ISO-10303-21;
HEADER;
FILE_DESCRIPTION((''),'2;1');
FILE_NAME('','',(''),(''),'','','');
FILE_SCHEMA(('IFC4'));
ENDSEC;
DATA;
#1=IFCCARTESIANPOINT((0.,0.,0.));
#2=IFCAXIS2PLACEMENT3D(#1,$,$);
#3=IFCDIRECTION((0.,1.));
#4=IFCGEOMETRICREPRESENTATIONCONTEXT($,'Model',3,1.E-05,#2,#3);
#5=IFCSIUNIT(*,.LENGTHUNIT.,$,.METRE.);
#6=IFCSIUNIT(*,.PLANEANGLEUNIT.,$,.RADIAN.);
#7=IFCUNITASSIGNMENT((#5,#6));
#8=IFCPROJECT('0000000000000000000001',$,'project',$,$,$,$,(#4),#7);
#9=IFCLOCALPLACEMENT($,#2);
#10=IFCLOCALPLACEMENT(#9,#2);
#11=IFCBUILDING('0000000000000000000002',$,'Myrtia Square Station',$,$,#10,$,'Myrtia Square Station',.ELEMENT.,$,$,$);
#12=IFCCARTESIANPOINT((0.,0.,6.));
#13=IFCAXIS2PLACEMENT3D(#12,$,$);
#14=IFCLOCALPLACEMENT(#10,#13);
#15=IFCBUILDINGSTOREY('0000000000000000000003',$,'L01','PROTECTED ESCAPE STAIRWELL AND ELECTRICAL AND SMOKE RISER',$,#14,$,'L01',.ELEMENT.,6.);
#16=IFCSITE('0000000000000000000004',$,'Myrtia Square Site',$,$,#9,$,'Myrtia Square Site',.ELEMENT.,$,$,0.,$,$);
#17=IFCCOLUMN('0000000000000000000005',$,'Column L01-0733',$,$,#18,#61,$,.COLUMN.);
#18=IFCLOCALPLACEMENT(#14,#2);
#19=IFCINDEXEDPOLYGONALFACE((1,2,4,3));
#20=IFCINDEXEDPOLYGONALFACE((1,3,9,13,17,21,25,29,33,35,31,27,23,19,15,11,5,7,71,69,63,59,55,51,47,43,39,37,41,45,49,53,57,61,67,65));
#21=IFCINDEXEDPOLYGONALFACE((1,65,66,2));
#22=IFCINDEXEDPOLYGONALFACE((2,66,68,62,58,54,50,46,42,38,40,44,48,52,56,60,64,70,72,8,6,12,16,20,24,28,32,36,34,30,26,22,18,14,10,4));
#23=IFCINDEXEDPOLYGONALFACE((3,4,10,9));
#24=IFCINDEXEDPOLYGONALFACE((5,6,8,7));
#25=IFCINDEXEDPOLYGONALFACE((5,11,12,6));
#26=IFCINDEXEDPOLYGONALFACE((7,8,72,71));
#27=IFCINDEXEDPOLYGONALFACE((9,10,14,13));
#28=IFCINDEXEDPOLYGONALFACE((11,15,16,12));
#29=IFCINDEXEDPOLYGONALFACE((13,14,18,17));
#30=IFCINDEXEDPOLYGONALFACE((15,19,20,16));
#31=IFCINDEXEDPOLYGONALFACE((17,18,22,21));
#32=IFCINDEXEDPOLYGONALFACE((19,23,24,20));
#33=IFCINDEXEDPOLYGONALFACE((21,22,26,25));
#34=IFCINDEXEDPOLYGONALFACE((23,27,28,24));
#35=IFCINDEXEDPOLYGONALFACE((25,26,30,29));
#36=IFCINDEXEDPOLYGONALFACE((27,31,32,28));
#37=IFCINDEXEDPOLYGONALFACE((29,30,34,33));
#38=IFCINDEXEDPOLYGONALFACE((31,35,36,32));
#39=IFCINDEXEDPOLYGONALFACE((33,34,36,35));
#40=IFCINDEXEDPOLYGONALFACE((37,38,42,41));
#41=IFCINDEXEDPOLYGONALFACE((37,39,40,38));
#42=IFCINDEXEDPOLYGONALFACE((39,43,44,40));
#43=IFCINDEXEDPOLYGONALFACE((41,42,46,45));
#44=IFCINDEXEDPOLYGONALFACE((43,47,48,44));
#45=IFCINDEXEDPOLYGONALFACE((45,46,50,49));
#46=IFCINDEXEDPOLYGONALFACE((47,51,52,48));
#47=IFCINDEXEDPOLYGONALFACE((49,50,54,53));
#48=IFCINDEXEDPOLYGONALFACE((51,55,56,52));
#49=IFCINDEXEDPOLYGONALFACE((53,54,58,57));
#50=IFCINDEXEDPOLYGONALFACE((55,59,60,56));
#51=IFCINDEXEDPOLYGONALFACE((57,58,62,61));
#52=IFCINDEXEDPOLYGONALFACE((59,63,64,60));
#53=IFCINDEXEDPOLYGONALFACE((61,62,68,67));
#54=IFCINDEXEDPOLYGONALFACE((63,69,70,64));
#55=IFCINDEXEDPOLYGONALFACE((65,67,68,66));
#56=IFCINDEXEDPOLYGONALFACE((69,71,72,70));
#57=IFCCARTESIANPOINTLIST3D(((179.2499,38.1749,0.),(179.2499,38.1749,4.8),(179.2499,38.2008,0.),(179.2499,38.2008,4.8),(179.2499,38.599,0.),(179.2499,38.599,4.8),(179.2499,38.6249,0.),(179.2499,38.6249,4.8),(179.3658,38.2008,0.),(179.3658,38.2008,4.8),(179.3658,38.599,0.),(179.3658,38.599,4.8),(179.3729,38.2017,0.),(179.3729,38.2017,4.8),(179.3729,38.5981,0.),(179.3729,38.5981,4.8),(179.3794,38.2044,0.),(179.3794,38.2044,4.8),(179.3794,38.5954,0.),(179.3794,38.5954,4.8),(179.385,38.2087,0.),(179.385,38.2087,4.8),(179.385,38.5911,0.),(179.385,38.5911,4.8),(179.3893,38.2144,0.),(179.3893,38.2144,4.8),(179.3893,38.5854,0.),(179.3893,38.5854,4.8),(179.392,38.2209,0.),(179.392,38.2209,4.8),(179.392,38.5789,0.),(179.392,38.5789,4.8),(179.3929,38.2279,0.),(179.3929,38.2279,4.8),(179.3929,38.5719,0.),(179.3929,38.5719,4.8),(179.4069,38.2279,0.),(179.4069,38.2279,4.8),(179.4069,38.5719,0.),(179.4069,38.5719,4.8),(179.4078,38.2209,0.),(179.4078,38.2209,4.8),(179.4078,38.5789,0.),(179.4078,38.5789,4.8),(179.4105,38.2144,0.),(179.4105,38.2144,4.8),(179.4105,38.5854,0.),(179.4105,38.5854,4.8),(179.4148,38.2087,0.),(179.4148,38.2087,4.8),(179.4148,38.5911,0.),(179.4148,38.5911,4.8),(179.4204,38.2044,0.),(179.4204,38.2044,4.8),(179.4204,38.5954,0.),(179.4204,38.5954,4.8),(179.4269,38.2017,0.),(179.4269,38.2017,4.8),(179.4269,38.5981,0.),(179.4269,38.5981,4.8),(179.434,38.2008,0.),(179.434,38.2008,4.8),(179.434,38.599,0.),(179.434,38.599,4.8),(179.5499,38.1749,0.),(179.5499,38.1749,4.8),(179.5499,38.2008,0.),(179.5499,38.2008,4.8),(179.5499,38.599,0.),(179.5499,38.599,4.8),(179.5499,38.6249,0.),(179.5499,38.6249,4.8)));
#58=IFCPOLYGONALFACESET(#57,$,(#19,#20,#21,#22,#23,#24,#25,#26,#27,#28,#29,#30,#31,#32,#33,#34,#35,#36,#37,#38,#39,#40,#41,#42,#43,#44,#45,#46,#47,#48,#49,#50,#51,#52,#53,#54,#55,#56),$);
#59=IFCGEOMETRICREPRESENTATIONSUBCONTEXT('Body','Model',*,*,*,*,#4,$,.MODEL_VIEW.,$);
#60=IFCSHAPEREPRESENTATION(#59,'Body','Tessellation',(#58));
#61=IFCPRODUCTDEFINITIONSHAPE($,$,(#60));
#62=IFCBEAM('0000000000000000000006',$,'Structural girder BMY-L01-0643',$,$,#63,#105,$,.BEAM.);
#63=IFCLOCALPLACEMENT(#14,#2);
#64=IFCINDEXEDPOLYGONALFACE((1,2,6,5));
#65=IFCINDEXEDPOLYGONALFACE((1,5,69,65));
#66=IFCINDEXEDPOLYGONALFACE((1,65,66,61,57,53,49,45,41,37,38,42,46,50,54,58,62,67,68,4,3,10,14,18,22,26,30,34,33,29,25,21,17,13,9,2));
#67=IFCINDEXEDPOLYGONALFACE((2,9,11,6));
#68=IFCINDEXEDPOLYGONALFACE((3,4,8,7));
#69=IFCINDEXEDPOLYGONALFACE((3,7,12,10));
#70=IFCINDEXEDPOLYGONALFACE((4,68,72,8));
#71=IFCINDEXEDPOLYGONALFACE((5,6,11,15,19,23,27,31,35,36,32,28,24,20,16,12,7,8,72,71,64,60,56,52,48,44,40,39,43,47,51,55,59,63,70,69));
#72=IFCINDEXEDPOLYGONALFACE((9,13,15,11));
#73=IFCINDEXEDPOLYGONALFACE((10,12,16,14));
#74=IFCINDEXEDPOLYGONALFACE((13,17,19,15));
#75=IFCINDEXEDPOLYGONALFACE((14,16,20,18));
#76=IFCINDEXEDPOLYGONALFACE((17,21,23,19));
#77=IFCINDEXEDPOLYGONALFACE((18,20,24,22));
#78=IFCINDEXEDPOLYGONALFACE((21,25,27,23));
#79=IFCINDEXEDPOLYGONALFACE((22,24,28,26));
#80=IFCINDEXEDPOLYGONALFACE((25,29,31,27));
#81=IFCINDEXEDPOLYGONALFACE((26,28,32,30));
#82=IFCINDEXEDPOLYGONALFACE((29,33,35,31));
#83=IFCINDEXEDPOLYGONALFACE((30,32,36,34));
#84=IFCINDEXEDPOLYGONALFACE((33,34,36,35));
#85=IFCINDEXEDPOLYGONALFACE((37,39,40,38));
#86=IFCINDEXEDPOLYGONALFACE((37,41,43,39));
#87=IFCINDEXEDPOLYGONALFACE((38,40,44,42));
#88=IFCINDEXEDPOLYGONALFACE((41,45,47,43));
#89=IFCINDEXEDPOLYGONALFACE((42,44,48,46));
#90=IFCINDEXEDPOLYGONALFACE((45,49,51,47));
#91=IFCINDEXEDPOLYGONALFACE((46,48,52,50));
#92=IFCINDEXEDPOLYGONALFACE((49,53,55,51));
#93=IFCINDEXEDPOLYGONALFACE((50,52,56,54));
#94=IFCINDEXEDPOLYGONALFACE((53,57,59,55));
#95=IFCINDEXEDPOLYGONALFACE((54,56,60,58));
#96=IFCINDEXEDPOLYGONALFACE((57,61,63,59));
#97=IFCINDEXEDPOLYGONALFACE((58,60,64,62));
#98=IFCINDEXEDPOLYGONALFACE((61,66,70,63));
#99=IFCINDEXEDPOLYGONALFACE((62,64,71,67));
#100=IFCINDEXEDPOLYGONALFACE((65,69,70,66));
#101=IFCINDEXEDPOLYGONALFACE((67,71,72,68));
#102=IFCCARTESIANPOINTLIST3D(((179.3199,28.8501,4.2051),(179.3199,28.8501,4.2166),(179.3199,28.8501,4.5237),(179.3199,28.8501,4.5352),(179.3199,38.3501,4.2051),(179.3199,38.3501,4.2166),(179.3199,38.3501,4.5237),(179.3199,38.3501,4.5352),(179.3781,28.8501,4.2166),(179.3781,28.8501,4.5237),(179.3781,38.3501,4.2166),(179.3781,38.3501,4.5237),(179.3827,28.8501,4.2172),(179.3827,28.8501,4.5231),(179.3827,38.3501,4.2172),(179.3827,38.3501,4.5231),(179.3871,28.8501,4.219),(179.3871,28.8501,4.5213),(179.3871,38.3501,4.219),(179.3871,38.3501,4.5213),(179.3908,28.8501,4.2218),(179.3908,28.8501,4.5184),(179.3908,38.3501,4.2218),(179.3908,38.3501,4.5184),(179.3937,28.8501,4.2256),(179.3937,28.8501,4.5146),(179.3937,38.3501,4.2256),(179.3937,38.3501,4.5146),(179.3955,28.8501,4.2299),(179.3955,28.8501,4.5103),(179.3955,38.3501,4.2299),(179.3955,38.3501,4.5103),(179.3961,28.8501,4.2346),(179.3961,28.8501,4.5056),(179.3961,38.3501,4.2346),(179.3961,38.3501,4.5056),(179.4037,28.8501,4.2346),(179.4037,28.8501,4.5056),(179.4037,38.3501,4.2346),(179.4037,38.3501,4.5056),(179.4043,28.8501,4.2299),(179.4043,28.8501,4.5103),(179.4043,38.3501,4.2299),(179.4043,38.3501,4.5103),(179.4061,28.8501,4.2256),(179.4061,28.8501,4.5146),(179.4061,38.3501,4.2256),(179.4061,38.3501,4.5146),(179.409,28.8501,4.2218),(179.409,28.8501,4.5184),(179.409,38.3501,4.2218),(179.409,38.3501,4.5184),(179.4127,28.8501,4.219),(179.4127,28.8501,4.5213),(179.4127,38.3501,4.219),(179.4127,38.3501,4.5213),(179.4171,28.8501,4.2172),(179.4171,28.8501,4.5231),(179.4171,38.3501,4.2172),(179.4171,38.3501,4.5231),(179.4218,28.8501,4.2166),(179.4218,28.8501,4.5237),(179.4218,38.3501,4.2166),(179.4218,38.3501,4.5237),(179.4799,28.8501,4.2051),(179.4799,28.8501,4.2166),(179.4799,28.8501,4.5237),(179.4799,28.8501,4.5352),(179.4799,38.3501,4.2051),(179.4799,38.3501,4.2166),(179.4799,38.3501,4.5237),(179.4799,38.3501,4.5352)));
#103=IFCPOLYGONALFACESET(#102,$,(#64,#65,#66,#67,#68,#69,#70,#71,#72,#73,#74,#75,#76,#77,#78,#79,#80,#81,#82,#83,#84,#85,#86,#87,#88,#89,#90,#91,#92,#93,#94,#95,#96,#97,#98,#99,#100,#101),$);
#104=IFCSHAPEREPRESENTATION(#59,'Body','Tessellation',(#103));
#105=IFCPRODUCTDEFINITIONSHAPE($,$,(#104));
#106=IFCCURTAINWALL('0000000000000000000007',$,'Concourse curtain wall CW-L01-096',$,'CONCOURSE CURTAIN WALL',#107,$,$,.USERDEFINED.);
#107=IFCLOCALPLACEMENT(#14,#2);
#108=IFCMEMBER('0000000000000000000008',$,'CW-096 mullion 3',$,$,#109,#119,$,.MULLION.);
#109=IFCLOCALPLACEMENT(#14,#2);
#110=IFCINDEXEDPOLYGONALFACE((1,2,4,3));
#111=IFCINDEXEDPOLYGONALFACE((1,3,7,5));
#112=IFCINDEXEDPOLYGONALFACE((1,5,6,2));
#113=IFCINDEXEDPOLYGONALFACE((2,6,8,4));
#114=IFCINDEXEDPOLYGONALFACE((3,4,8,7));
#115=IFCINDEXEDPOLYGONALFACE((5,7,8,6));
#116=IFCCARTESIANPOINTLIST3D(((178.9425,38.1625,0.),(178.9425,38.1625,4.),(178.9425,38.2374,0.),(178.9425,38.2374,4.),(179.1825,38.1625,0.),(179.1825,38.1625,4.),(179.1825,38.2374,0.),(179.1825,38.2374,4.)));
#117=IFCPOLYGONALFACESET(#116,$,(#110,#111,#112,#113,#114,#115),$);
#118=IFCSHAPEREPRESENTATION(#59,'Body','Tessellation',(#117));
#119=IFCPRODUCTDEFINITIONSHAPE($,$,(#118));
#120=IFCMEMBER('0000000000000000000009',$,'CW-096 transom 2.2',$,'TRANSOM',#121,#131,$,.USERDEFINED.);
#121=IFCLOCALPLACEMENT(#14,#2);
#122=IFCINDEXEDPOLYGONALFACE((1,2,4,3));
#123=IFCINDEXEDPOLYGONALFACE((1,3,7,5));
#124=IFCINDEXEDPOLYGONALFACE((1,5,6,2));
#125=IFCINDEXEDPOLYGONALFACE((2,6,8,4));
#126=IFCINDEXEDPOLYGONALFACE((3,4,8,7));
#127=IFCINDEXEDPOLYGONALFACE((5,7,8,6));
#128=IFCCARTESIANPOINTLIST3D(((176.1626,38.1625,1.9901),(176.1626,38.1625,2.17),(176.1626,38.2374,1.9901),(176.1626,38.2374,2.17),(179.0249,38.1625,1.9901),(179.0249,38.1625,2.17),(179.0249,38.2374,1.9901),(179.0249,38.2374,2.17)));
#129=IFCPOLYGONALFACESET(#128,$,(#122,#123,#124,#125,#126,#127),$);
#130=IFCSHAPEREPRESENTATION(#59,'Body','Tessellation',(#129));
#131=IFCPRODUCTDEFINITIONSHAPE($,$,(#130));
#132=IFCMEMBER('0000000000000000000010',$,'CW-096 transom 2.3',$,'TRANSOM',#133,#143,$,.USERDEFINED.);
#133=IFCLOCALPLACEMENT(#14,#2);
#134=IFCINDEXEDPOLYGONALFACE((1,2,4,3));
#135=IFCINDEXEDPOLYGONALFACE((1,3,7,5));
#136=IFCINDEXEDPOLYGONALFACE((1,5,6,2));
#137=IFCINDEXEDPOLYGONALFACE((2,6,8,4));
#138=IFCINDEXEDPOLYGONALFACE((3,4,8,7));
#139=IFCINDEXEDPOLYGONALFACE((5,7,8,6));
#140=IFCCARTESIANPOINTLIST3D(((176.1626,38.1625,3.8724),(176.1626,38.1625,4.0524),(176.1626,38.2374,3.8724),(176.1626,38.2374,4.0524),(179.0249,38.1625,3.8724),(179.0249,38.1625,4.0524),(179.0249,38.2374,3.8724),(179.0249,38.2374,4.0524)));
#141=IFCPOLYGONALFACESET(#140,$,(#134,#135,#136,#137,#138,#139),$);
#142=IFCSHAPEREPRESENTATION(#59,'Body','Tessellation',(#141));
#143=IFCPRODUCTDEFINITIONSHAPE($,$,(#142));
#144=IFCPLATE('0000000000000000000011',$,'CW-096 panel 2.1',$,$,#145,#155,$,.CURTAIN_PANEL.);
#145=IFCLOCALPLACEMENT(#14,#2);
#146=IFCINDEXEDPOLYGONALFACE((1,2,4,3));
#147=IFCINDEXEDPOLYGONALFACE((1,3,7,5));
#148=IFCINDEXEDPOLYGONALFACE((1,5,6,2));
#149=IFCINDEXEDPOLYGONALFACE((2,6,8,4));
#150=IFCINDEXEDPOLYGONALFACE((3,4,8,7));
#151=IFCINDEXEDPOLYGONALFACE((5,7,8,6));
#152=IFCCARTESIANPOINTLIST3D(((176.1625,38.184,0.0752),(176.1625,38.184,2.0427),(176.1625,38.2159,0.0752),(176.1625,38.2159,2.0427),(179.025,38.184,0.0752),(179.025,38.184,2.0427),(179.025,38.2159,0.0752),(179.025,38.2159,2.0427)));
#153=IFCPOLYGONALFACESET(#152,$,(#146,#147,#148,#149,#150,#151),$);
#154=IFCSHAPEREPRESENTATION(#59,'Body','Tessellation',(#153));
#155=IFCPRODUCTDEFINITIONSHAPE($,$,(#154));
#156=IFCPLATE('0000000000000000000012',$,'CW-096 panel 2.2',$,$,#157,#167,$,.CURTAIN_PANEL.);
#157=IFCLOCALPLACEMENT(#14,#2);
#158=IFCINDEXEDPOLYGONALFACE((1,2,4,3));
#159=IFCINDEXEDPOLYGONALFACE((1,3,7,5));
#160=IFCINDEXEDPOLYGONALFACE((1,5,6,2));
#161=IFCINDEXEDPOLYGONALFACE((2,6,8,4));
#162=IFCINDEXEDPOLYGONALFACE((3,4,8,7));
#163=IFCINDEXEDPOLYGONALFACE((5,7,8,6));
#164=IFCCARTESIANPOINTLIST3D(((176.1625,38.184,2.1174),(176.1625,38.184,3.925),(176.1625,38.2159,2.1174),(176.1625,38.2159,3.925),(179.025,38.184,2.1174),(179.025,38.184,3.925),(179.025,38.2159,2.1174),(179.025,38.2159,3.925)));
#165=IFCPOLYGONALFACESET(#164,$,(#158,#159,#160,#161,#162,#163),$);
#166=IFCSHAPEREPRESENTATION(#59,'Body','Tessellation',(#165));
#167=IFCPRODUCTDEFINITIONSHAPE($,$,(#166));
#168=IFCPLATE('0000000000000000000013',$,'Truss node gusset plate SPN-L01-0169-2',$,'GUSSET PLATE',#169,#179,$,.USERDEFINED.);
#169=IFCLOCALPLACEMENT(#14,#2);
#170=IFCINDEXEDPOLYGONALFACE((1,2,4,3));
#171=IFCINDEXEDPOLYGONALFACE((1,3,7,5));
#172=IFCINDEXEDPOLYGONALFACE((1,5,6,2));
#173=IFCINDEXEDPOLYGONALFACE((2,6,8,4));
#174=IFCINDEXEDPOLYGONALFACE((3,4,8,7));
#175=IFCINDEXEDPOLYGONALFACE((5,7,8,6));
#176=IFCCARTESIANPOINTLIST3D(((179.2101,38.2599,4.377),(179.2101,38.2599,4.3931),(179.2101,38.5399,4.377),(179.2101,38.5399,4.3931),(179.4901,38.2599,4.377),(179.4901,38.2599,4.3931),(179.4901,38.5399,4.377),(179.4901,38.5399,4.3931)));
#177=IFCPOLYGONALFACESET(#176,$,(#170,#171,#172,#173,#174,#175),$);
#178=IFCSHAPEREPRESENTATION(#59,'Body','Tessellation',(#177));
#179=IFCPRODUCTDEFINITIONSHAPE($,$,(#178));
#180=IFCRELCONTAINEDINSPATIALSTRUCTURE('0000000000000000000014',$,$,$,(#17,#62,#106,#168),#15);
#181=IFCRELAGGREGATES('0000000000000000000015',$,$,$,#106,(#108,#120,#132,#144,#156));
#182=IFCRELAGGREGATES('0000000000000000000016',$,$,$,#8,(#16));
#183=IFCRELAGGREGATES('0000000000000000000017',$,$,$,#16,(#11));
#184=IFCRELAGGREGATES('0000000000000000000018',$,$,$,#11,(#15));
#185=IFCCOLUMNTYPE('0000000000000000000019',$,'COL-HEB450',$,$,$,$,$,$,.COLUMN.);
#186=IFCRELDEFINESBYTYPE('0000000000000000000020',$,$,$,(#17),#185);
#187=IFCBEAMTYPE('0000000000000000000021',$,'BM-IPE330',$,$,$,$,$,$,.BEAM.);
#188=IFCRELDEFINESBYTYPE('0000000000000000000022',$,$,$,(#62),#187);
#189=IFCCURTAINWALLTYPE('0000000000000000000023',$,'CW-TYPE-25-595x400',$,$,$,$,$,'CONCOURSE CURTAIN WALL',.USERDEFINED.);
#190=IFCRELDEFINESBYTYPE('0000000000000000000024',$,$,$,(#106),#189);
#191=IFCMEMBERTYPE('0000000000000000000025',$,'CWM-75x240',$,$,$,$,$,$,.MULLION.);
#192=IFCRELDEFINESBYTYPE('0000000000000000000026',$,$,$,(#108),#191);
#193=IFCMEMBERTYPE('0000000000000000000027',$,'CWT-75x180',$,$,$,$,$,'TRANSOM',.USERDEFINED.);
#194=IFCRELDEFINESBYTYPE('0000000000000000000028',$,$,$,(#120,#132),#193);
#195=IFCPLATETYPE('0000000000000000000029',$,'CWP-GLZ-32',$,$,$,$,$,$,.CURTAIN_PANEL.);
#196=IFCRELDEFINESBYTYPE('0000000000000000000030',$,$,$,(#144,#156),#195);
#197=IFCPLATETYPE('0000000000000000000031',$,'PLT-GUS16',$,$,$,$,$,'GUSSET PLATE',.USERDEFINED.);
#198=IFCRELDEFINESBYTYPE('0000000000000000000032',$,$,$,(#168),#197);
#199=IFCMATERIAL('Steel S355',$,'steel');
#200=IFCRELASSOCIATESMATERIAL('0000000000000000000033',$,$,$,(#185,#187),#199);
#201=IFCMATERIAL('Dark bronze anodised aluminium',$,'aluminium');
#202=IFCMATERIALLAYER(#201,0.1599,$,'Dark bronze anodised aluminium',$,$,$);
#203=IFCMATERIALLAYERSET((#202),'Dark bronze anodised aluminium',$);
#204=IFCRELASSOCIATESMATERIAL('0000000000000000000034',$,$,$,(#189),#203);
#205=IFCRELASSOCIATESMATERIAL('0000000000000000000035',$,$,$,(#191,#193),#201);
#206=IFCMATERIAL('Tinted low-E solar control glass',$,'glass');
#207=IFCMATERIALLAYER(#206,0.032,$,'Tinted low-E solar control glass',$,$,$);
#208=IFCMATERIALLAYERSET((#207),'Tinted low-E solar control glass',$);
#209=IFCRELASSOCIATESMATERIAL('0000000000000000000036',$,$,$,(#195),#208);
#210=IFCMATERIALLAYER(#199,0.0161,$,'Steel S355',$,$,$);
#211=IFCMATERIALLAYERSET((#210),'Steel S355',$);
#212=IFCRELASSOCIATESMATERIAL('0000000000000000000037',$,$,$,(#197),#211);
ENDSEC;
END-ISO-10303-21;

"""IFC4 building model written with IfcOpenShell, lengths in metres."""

from ifc_helpers import new_model, si_unit, direction, frame, origin, origin_2d, place, context, subcontext, project, spatial, rectangle, i_section, extrude, material, layer, layer_set, material_profile, profile_set, type_object, element, aggregate, save


model = new_model("IFC4")

# Units and contexts
model_context = context("Model", 3, precision=1e-05, world=origin(), true_north=direction((0.0, 1.0)))
body_context = subcontext(model_context, "Body", "Model", "MODEL_VIEW")
ifc_project = project(units=[si_unit("LENGTHUNIT", "METRE"), si_unit("PLANEANGLEUNIT", "RADIAN")], contexts=[model_context])

# Site, building, storey
site_placement = place(None, origin())
site = spatial("IfcSite", under=ifc_project, at=site_placement, Name="Myrtia Square Site", LongName="Myrtia Square Site", CompositionType="ELEMENT", RefElevation=0.0)
building_placement = place(site_placement, origin())
building = spatial("IfcBuilding", under=site, at=building_placement, Name="Myrtia Square Station", LongName="Myrtia Square Station", CompositionType="ELEMENT")
storey_placement = place(building_placement, frame((0.0, 0.0, 6.0)))
storey = spatial("IfcBuildingStorey", under=building, at=storey_placement, Name="L01", Description="PROTECTED ESCAPE STAIRWELL AND ELECTRICAL AND SMOKE RISER", LongName="L01", CompositionType="ELEMENT", Elevation=6.0)

# Column
ifc_material_1 = material(Name="Steel S355", Category="steel")
ifc_material_profile_1 = material_profile(ifc_material_1, i_section(OverallWidth=0.3, OverallDepth=0.45, WebThickness=0.0139, FlangeThickness=0.0259, FilletRadius=0.0271, at=origin_2d()), Name="HEB 450")
ifc_profile_set_1 = profile_set([ifc_material_profile_1], Name="Steel S355")
column_type = type_object("IfcColumnType", Name="COL-HEB450", PredefinedType="COLUMN", material=ifc_profile_set_1)
column_placement = place(storey_placement, frame((179.3999, 38.3999, 0.0), z_axis=(0.0, 0.0, 1.0), x_axis=(1.0, 0.0, 0.0)))
element("IfcColumn", 1, at=column_placement, inside=storey, type_object=column_type, Name="Column L01-0733", PredefinedType="COLUMN", context=body_context, shape_type="SweptSolid", body=[
    extrude(i_section(OverallWidth=0.3, OverallDepth=0.45, WebThickness=0.0139, FlangeThickness=0.0259, FilletRadius=0.0271, at=origin_2d()), origin(), (0.0, 0.0, 1.0), 4.8),
])

# Beam
ifc_material_profile_2 = material_profile(ifc_material_1, i_section(OverallWidth=0.1599, OverallDepth=0.3301, WebThickness=0.0076, FlangeThickness=0.0115, FilletRadius=0.0181, at=origin_2d()), Name="IPE 330")
ifc_profile_set_2 = profile_set([ifc_material_profile_2], Name="Steel S355")
beam_type = type_object("IfcBeamType", Name="BM-IPE330", PredefinedType="BEAM", material=ifc_profile_set_2)
beam_placement = place(storey_placement, frame((179.3999, 28.8501, 4.3701), z_axis=(0.0, 1.0, 0.0), x_axis=(-1.0, 0.0, 0.0)))
element("IfcBeam", 2, at=beam_placement, inside=storey, type_object=beam_type, Name="Structural girder BMY-L01-0643", PredefinedType="BEAM", context=body_context, shape_type="SweptSolid", body=[
    extrude(i_section(OverallWidth=0.1599, OverallDepth=0.3301, WebThickness=0.0076, FlangeThickness=0.0115, FilletRadius=0.0181, at=origin_2d()), origin(), (0.0, 0.0, 1.0), 9.5),
])

# Curtain wall, members, plates
ifc_material_2 = material(Name="Dark bronze anodised aluminium", Category="aluminium")
ifc_layer_1 = layer(ifc_material_2, 0.1599, Name="Dark bronze anodised aluminium")
ifc_layer_set_1 = layer_set([ifc_layer_1], Name="Dark bronze anodised aluminium")
curtain_wall_type = type_object("IfcCurtainWallType", Name="CW-TYPE-25-595x400", ElementType="CONCOURSE CURTAIN WALL", PredefinedType="USERDEFINED", material=ifc_layer_set_1)
curtain_wall_placement = place(storey_placement, origin())
curtain_wall = element("IfcCurtainWall", 3, at=curtain_wall_placement, inside=storey, type_object=curtain_wall_type, Name="Concourse curtain wall CW-L01-096", ObjectType="CONCOURSE CURTAIN WALL", PredefinedType="USERDEFINED")
ifc_material_profile_3 = material_profile(ifc_material_2, rectangle(XDim=0.075, YDim=0.24, at=origin_2d()), Name="ALU-M 75x240")
ifc_profile_set_3 = profile_set([ifc_material_profile_3], Name="Dark bronze anodised aluminium")
member_type_1 = type_object("IfcMemberType", Name="CWM-75x240", PredefinedType="MULLION", material=ifc_profile_set_3)
member_1_placement = place(storey_placement, frame((179.0625, 38.2, 0.0), z_axis=(0.0, 0.0, 1.0), x_axis=(0.0, 1.0, 0.0)))
member_1 = element("IfcMember", 4, at=member_1_placement, type_object=member_type_1, Name="CW-096 mullion 3", PredefinedType="MULLION", context=body_context, shape_type="SweptSolid", body=[
    extrude(rectangle(XDim=0.075, YDim=0.24, at=origin_2d()), origin(), (0.0, 0.0, 1.0), 4.0),
])
ifc_material_profile_4 = material_profile(ifc_material_2, rectangle(XDim=0.075, YDim=0.1799, at=origin_2d()), Name="ALU-T 75x180")
ifc_profile_set_4 = profile_set([ifc_material_profile_4], Name="Dark bronze anodised aluminium")
member_type_2 = type_object("IfcMemberType", Name="CWT-75x180", ElementType="TRANSOM", PredefinedType="USERDEFINED", material=ifc_profile_set_4)
member_2_placement = place(storey_placement, frame((176.1626, 38.2, 2.0801), z_axis=(1.0, 0.0, 0.0), x_axis=(0.0, 1.0, 0.0)))
member_2 = element("IfcMember", 5, at=member_2_placement, type_object=member_type_2, Name="CW-096 transom 2.2", ObjectType="TRANSOM", PredefinedType="USERDEFINED", context=body_context, shape_type="SweptSolid", body=[
    extrude(rectangle(XDim=0.075, YDim=0.1799, at=origin_2d()), origin(), (0.0, 0.0, 1.0), 2.8623),
])
member_3_placement = place(storey_placement, frame((176.1626, 38.2, 3.9624), z_axis=(1.0, 0.0, 0.0), x_axis=(0.0, 1.0, 0.0)))
member_3 = element("IfcMember", 6, at=member_3_placement, type_object=member_type_2, Name="CW-096 transom 2.3", ObjectType="TRANSOM", PredefinedType="USERDEFINED", context=body_context, shape_type="SweptSolid", body=[
    extrude(rectangle(XDim=0.075, YDim=0.1799, at=origin_2d()), origin(), (0.0, 0.0, 1.0), 2.8623),
])
ifc_material_3 = material(Name="Tinted low-E solar control glass", Category="glass")
ifc_layer_2 = layer(ifc_material_3, 0.032, Name="Tinted low-E solar control glass")
ifc_layer_set_2 = layer_set([ifc_layer_2], Name="Tinted low-E solar control glass")
plate_type_1 = type_object("IfcPlateType", Name="CWP-GLZ-32", PredefinedType="CURTAIN_PANEL", material=ifc_layer_set_2)
plate_1_placement = place(storey_placement, frame((177.5938, 38.2, 0.0752), z_axis=(0.0, 0.0, 1.0), x_axis=(1.0, 0.0, 0.0)))
plate_1 = element("IfcPlate", 7, at=plate_1_placement, type_object=plate_type_1, Name="CW-096 panel 2.1", PredefinedType="CURTAIN_PANEL", context=body_context, shape_type="SweptSolid", body=[
    extrude(rectangle(XDim=2.8625, YDim=0.032, at=origin_2d()), origin(), (0.0, 0.0, 1.0), 1.9675),
])
plate_2_placement = place(storey_placement, frame((177.5938, 38.2, 2.1174), z_axis=(0.0, 0.0, 1.0), x_axis=(1.0, 0.0, 0.0)))
plate_2 = element("IfcPlate", 8, at=plate_2_placement, type_object=plate_type_1, Name="CW-096 panel 2.2", PredefinedType="CURTAIN_PANEL", context=body_context, shape_type="SweptSolid", body=[
    extrude(rectangle(XDim=2.8625, YDim=0.032, at=origin_2d()), origin(), (0.0, 0.0, 1.0), 1.8076),
])
aggregate(curtain_wall, [member_1, member_2, member_3, plate_1, plate_2])

# Plate
ifc_layer_3 = layer(ifc_material_1, 0.0161, Name="Steel S355")
ifc_layer_set_3 = layer_set([ifc_layer_3], Name="Steel S355")
plate_type_2 = type_object("IfcPlateType", Name="PLT-GUS16", ElementType="GUSSET PLATE", PredefinedType="USERDEFINED", material=ifc_layer_set_3)
plate_3_placement = place(storey_placement, frame((179.3501, 38.3999, 4.377), z_axis=(0.0, 0.0, 1.0), x_axis=(1.0, 0.0, 0.0)))
element("IfcPlate", 9, at=plate_3_placement, inside=storey, type_object=plate_type_2, Name="Truss node gusset plate SPN-L01-0169-2", ObjectType="GUSSET PLATE", PredefinedType="USERDEFINED", context=body_context, shape_type="SweptSolid", body=[
    extrude(rectangle(XDim=0.28, YDim=0.28, at=origin_2d()), origin(), (0.0, 0.0, 1.0), 0.0161),
])

save(model, "model.ifc")
